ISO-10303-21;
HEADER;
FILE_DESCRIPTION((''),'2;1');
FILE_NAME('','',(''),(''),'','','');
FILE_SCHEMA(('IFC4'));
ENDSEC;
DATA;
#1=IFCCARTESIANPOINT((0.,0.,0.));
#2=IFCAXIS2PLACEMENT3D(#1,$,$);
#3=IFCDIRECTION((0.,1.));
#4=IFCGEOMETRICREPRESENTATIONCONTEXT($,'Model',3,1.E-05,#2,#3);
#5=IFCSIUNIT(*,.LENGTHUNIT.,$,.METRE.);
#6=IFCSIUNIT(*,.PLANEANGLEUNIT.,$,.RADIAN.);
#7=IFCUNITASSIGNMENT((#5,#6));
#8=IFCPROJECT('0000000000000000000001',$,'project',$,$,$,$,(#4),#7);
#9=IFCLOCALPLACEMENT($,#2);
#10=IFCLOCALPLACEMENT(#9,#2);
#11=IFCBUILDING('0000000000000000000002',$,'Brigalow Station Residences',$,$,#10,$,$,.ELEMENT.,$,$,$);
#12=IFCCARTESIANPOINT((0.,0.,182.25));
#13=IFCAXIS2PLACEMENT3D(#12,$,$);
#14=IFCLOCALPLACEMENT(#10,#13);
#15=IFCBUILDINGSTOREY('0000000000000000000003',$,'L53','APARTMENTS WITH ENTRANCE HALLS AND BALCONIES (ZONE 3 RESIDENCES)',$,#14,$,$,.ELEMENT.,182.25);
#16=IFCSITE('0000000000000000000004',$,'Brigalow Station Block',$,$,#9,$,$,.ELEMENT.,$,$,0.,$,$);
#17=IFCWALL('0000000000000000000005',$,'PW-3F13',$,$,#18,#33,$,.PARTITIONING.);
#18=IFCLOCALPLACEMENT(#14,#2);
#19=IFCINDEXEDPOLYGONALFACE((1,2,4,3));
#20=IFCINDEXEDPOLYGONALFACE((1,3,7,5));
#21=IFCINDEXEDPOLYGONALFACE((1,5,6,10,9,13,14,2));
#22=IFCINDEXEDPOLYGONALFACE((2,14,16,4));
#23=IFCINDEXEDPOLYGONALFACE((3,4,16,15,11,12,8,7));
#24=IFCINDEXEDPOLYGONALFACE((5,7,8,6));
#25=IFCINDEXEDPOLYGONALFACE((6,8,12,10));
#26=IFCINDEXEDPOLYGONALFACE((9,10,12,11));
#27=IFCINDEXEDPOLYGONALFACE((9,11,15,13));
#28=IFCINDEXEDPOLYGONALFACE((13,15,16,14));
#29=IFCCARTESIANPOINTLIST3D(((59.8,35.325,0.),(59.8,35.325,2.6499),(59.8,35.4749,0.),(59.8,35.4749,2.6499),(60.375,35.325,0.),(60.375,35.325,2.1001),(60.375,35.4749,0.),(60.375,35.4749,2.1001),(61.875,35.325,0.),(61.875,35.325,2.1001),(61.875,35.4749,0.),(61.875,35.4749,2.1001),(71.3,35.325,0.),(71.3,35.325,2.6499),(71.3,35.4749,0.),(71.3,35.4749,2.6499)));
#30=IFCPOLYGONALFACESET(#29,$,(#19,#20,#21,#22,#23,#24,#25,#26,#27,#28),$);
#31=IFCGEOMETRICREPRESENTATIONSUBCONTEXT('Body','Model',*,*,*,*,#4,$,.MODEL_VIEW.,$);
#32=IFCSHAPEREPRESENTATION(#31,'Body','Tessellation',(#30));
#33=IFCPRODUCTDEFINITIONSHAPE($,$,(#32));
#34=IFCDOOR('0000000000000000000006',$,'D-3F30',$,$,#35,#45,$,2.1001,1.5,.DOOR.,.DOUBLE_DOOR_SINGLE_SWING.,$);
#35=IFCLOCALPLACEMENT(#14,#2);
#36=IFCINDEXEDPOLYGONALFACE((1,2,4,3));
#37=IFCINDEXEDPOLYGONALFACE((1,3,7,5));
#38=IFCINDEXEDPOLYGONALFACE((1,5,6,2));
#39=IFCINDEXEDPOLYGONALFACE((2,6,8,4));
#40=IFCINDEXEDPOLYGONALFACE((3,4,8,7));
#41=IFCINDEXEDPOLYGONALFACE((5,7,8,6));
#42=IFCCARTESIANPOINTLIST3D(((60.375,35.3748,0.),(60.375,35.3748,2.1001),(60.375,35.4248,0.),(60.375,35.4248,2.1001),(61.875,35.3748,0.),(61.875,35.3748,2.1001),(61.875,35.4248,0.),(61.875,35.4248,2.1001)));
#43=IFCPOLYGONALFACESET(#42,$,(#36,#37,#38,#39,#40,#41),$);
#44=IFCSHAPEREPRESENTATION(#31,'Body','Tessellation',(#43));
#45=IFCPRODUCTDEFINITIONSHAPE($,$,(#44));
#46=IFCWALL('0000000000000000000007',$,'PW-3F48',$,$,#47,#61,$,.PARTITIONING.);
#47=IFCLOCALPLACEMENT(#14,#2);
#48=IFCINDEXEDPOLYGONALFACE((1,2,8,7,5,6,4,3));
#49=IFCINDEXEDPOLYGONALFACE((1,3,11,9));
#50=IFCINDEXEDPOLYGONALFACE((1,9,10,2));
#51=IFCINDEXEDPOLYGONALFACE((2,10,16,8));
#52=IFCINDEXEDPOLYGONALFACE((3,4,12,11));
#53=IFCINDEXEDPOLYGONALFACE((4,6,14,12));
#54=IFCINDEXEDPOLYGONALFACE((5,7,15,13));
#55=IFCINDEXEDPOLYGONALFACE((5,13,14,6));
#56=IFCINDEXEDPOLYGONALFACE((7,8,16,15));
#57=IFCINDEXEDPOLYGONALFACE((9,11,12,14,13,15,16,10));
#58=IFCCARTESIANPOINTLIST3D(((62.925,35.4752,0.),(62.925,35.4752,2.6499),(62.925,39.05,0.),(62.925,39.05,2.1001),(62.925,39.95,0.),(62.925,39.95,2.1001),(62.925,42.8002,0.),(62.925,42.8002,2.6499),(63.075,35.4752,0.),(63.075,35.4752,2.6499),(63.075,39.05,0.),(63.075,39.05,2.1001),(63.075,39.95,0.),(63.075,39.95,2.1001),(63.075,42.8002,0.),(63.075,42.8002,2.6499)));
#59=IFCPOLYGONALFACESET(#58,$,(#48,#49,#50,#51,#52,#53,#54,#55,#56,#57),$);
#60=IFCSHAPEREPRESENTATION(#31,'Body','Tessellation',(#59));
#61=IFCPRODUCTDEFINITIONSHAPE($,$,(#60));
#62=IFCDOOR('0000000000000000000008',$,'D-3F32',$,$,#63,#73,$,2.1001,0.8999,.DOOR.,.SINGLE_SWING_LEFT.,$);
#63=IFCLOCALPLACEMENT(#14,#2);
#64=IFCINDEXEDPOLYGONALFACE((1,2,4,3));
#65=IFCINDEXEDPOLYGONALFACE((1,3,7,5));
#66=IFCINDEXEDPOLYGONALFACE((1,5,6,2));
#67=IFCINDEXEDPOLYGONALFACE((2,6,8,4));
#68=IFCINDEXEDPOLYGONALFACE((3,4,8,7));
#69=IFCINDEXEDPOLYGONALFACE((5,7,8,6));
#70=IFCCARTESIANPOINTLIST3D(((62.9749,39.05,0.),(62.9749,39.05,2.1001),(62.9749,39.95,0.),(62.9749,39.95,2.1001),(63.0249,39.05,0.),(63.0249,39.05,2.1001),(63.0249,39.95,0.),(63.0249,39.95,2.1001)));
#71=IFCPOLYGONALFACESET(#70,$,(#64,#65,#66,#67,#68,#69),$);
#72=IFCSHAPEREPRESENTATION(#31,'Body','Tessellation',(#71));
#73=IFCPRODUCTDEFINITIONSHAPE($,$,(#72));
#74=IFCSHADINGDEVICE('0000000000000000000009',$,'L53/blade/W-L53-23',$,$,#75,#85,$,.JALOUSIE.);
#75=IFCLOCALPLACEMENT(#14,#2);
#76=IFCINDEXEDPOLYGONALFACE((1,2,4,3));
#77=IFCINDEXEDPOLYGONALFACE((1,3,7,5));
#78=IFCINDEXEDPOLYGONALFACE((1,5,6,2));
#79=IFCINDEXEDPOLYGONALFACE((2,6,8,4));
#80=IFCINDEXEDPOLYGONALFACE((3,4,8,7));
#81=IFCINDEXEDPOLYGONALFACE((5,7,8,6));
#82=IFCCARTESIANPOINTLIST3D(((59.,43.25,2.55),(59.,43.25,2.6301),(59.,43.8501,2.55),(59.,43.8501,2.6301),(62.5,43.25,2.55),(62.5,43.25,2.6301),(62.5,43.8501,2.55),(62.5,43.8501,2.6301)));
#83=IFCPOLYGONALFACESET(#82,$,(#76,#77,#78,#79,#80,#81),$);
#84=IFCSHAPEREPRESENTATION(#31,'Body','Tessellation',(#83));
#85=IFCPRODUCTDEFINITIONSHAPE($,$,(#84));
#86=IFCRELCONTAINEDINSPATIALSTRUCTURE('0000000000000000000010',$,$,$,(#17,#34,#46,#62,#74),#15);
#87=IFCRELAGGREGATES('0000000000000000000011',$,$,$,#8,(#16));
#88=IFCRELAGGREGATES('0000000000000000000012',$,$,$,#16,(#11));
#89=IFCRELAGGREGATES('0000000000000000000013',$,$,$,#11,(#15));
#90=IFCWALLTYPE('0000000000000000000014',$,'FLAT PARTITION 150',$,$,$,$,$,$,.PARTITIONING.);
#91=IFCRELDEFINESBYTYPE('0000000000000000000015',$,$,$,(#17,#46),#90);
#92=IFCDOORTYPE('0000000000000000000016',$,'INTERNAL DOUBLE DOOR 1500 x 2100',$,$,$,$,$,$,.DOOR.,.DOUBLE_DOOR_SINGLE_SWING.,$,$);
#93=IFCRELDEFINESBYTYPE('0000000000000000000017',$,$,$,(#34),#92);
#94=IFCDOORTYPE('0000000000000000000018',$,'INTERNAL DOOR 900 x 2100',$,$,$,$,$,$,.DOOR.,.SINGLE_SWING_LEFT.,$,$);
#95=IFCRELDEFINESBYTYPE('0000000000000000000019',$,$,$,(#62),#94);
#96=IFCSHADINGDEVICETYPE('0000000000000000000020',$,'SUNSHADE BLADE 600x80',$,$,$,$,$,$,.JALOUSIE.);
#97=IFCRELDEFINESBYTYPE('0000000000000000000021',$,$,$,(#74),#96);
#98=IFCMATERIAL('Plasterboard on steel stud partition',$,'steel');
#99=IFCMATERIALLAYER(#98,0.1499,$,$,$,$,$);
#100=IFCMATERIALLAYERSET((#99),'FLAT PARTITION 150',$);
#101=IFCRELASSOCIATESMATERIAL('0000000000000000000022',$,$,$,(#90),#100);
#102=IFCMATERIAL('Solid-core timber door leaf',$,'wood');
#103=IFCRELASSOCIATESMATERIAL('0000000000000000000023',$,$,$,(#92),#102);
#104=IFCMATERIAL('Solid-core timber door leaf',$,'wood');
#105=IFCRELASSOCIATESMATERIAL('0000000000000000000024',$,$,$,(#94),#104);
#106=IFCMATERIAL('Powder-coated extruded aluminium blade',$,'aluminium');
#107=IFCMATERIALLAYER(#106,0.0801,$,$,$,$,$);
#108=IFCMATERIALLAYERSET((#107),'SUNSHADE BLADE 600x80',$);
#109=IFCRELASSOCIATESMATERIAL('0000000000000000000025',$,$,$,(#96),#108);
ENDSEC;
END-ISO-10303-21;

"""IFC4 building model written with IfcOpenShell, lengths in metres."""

from ifc_helpers import new_model, si_unit, direction, frame, frame_2d, origin, origin_2d, place, context, subcontext, project, spatial, rectangle, extrude, material, layer, layer_set, type_object, element, fill, save


model = new_model("IFC4")

# Units and contexts
model_context = context("Model", 3, precision=1e-05, world=origin(), true_north=direction((0.0, 1.0)))
body_context = subcontext(model_context, "Body", "Model", "MODEL_VIEW")
ifc_project = project(units=[si_unit("LENGTHUNIT", "METRE"), si_unit("PLANEANGLEUNIT", "RADIAN")], contexts=[model_context])

# Site, building, storey
site_placement = place(None, origin())
site = spatial("IfcSite", under=ifc_project, at=site_placement, Name="Brigalow Station Block", CompositionType="ELEMENT", RefElevation=0.0)
building_placement = place(site_placement, origin())
building = spatial("IfcBuilding", under=site, at=building_placement, Name="Brigalow Station Residences", CompositionType="ELEMENT")
storey_placement = place(building_placement, frame((0.0, 0.0, 182.25)))
storey = spatial("IfcBuildingStorey", under=building, at=storey_placement, Name="L53", Description="APARTMENTS WITH ENTRANCE HALLS AND BALCONIES (ZONE 3 RESIDENCES)", CompositionType="ELEMENT", Elevation=182.25)

# Walls, openings, doors
ifc_material_1 = material(Name="Plasterboard on steel stud partition", Category="steel")
ifc_layer_1 = layer(ifc_material_1, 0.1499)
ifc_layer_set_1 = layer_set([ifc_layer_1], Name="FLAT PARTITION 150")
wall_type_1 = type_object("IfcWallType", Name="FLAT PARTITION 150", PredefinedType="PARTITIONING", material=ifc_layer_set_1)
wall_1_placement = place(storey_placement, frame((59.8, 35.3999, 0.0), z_axis=(0.0, 0.0, 1.0), x_axis=(1.0, 0.0, 0.0)))
wall_1 = element("IfcWall", 1, at=wall_1_placement, inside=storey, type_object=wall_type_1, Name="PW-3F13", PredefinedType="PARTITIONING", context=body_context, shape_type="SweptSolid", body=[
    extrude(rectangle(XDim=11.5, YDim=0.1499, at=frame_2d((5.75, 0.0))), origin(), (0.0, 0.0, 1.0), 2.6499),
])
opening_1_placement = place(wall_1_placement, frame((0.575, 0.0, 0.0)))
opening_1 = element("IfcOpeningElement", 2, at=opening_1_placement, cuts=wall_1, PredefinedType="OPENING", context=body_context, shape_type="SweptSolid", body=[
    extrude(rectangle(XDim=1.5, YDim=2.1001, at=frame_2d((0.75, 1.05))), frame((0.0, 0.085, 0.0), z_axis=(0.0, -1.0, 0.0), x_axis=(1.0, 0.0, 0.0)), (0.0, 0.0, 1.0), 0.1699),
])
ifc_material_2 = material(Name="Solid-core timber door leaf", Category="wood")
door_type_1 = type_object("IfcDoorType", Name="INTERNAL DOUBLE DOOR 1500 x 2100", OperationType="DOUBLE_DOOR_SINGLE_SWING", PredefinedType="DOOR", material=ifc_material_2)
door_1_placement = place(opening_1_placement, origin())
door_1 = element("IfcDoor", 3, at=door_1_placement, inside=storey, type_object=door_type_1, Name="D-3F30", OperationType="DOUBLE_DOOR_SINGLE_SWING", OverallHeight=2.1001, OverallWidth=1.5, PredefinedType="DOOR", context=body_context, shape_type="SweptSolid", body=[
    extrude(rectangle(XDim=1.5, YDim=2.1001, at=frame_2d((0.75, 1.05))), frame((0.0, 0.0249, 0.0), z_axis=(0.0, -1.0, 0.0), x_axis=(1.0, 0.0, 0.0)), (0.0, 0.0, 1.0), 0.05),
])
fill(opening_1, door_1)
wall_2_placement = place(storey_placement, frame((63.0, 35.4751, 0.0), z_axis=(0.0, 0.0, 1.0), x_axis=(0.0, 1.0, 0.0)))
wall_2 = element("IfcWall", 4, at=wall_2_placement, inside=storey, type_object=wall_type_1, Name="PW-3F48", PredefinedType="PARTITIONING", context=body_context, shape_type="SweptSolid", body=[
    extrude(rectangle(XDim=7.325, YDim=0.1499, at=frame_2d((3.6626, 0.0))), origin(), (0.0, 0.0, 1.0), 2.6499),
])
opening_2_placement = place(wall_2_placement, frame((3.575, 0.0, 0.0)))
opening_2 = element("IfcOpeningElement", 5, at=opening_2_placement, cuts=wall_2, PredefinedType="OPENING", context=body_context, shape_type="SweptSolid", body=[
    extrude(rectangle(XDim=0.8999, YDim=2.1001, at=frame_2d((0.45, 1.05))), frame((0.0, 0.085, 0.0), z_axis=(0.0, -1.0, 0.0), x_axis=(1.0, 0.0, 0.0)), (0.0, 0.0, 1.0), 0.1699),
])
ifc_material_3 = material(Name="Solid-core timber door leaf", Category="wood")
door_type_2 = type_object("IfcDoorType", Name="INTERNAL DOOR 900 x 2100", OperationType="SINGLE_SWING_LEFT", PredefinedType="DOOR", material=ifc_material_3)
door_2_placement = place(opening_2_placement, frame((0.8999, 0.0, 0.0), z_axis=(0.0, 0.0, 1.0), x_axis=(-1.0, 0.0, 0.0)))
door_2 = element("IfcDoor", 6, at=door_2_placement, inside=storey, type_object=door_type_2, Name="D-3F32", OperationType="SINGLE_SWING_LEFT", OverallHeight=2.1001, OverallWidth=0.8999, PredefinedType="DOOR", context=body_context, shape_type="SweptSolid", body=[
    extrude(rectangle(XDim=0.8999, YDim=2.1001, at=frame_2d((0.45, 1.05))), frame((0.0, 0.0249, 0.0), z_axis=(0.0, -1.0, 0.0), x_axis=(1.0, 0.0, 0.0)), (0.0, 0.0, 1.0), 0.05),
])
fill(opening_2, door_2)

# Shading device
ifc_material_4 = material(Name="Powder-coated extruded aluminium blade", Category="aluminium")
ifc_layer_2 = layer(ifc_material_4, 0.0801)
ifc_layer_set_2 = layer_set([ifc_layer_2], Name="SUNSHADE BLADE 600x80")
shading_device_type = type_object("IfcShadingDeviceType", Name="SUNSHADE BLADE 600x80", PredefinedType="JALOUSIE", material=ifc_layer_set_2)
shading_device_placement = place(storey_placement, frame((60.75, 43.55, 2.55), z_axis=(0.0, 0.0, 1.0), x_axis=(-1.0, 0.0, 0.0)))
element("IfcShadingDevice", 7, at=shading_device_placement, inside=storey, type_object=shading_device_type, Name="L53/blade/W-L53-23", PredefinedType="JALOUSIE", context=body_context, shape_type="SweptSolid", body=[
    extrude(rectangle(XDim=3.5, YDim=0.6001, at=origin_2d()), origin(), (0.0, 0.0, 1.0), 0.0801),
])

save(model, "model.ifc")
